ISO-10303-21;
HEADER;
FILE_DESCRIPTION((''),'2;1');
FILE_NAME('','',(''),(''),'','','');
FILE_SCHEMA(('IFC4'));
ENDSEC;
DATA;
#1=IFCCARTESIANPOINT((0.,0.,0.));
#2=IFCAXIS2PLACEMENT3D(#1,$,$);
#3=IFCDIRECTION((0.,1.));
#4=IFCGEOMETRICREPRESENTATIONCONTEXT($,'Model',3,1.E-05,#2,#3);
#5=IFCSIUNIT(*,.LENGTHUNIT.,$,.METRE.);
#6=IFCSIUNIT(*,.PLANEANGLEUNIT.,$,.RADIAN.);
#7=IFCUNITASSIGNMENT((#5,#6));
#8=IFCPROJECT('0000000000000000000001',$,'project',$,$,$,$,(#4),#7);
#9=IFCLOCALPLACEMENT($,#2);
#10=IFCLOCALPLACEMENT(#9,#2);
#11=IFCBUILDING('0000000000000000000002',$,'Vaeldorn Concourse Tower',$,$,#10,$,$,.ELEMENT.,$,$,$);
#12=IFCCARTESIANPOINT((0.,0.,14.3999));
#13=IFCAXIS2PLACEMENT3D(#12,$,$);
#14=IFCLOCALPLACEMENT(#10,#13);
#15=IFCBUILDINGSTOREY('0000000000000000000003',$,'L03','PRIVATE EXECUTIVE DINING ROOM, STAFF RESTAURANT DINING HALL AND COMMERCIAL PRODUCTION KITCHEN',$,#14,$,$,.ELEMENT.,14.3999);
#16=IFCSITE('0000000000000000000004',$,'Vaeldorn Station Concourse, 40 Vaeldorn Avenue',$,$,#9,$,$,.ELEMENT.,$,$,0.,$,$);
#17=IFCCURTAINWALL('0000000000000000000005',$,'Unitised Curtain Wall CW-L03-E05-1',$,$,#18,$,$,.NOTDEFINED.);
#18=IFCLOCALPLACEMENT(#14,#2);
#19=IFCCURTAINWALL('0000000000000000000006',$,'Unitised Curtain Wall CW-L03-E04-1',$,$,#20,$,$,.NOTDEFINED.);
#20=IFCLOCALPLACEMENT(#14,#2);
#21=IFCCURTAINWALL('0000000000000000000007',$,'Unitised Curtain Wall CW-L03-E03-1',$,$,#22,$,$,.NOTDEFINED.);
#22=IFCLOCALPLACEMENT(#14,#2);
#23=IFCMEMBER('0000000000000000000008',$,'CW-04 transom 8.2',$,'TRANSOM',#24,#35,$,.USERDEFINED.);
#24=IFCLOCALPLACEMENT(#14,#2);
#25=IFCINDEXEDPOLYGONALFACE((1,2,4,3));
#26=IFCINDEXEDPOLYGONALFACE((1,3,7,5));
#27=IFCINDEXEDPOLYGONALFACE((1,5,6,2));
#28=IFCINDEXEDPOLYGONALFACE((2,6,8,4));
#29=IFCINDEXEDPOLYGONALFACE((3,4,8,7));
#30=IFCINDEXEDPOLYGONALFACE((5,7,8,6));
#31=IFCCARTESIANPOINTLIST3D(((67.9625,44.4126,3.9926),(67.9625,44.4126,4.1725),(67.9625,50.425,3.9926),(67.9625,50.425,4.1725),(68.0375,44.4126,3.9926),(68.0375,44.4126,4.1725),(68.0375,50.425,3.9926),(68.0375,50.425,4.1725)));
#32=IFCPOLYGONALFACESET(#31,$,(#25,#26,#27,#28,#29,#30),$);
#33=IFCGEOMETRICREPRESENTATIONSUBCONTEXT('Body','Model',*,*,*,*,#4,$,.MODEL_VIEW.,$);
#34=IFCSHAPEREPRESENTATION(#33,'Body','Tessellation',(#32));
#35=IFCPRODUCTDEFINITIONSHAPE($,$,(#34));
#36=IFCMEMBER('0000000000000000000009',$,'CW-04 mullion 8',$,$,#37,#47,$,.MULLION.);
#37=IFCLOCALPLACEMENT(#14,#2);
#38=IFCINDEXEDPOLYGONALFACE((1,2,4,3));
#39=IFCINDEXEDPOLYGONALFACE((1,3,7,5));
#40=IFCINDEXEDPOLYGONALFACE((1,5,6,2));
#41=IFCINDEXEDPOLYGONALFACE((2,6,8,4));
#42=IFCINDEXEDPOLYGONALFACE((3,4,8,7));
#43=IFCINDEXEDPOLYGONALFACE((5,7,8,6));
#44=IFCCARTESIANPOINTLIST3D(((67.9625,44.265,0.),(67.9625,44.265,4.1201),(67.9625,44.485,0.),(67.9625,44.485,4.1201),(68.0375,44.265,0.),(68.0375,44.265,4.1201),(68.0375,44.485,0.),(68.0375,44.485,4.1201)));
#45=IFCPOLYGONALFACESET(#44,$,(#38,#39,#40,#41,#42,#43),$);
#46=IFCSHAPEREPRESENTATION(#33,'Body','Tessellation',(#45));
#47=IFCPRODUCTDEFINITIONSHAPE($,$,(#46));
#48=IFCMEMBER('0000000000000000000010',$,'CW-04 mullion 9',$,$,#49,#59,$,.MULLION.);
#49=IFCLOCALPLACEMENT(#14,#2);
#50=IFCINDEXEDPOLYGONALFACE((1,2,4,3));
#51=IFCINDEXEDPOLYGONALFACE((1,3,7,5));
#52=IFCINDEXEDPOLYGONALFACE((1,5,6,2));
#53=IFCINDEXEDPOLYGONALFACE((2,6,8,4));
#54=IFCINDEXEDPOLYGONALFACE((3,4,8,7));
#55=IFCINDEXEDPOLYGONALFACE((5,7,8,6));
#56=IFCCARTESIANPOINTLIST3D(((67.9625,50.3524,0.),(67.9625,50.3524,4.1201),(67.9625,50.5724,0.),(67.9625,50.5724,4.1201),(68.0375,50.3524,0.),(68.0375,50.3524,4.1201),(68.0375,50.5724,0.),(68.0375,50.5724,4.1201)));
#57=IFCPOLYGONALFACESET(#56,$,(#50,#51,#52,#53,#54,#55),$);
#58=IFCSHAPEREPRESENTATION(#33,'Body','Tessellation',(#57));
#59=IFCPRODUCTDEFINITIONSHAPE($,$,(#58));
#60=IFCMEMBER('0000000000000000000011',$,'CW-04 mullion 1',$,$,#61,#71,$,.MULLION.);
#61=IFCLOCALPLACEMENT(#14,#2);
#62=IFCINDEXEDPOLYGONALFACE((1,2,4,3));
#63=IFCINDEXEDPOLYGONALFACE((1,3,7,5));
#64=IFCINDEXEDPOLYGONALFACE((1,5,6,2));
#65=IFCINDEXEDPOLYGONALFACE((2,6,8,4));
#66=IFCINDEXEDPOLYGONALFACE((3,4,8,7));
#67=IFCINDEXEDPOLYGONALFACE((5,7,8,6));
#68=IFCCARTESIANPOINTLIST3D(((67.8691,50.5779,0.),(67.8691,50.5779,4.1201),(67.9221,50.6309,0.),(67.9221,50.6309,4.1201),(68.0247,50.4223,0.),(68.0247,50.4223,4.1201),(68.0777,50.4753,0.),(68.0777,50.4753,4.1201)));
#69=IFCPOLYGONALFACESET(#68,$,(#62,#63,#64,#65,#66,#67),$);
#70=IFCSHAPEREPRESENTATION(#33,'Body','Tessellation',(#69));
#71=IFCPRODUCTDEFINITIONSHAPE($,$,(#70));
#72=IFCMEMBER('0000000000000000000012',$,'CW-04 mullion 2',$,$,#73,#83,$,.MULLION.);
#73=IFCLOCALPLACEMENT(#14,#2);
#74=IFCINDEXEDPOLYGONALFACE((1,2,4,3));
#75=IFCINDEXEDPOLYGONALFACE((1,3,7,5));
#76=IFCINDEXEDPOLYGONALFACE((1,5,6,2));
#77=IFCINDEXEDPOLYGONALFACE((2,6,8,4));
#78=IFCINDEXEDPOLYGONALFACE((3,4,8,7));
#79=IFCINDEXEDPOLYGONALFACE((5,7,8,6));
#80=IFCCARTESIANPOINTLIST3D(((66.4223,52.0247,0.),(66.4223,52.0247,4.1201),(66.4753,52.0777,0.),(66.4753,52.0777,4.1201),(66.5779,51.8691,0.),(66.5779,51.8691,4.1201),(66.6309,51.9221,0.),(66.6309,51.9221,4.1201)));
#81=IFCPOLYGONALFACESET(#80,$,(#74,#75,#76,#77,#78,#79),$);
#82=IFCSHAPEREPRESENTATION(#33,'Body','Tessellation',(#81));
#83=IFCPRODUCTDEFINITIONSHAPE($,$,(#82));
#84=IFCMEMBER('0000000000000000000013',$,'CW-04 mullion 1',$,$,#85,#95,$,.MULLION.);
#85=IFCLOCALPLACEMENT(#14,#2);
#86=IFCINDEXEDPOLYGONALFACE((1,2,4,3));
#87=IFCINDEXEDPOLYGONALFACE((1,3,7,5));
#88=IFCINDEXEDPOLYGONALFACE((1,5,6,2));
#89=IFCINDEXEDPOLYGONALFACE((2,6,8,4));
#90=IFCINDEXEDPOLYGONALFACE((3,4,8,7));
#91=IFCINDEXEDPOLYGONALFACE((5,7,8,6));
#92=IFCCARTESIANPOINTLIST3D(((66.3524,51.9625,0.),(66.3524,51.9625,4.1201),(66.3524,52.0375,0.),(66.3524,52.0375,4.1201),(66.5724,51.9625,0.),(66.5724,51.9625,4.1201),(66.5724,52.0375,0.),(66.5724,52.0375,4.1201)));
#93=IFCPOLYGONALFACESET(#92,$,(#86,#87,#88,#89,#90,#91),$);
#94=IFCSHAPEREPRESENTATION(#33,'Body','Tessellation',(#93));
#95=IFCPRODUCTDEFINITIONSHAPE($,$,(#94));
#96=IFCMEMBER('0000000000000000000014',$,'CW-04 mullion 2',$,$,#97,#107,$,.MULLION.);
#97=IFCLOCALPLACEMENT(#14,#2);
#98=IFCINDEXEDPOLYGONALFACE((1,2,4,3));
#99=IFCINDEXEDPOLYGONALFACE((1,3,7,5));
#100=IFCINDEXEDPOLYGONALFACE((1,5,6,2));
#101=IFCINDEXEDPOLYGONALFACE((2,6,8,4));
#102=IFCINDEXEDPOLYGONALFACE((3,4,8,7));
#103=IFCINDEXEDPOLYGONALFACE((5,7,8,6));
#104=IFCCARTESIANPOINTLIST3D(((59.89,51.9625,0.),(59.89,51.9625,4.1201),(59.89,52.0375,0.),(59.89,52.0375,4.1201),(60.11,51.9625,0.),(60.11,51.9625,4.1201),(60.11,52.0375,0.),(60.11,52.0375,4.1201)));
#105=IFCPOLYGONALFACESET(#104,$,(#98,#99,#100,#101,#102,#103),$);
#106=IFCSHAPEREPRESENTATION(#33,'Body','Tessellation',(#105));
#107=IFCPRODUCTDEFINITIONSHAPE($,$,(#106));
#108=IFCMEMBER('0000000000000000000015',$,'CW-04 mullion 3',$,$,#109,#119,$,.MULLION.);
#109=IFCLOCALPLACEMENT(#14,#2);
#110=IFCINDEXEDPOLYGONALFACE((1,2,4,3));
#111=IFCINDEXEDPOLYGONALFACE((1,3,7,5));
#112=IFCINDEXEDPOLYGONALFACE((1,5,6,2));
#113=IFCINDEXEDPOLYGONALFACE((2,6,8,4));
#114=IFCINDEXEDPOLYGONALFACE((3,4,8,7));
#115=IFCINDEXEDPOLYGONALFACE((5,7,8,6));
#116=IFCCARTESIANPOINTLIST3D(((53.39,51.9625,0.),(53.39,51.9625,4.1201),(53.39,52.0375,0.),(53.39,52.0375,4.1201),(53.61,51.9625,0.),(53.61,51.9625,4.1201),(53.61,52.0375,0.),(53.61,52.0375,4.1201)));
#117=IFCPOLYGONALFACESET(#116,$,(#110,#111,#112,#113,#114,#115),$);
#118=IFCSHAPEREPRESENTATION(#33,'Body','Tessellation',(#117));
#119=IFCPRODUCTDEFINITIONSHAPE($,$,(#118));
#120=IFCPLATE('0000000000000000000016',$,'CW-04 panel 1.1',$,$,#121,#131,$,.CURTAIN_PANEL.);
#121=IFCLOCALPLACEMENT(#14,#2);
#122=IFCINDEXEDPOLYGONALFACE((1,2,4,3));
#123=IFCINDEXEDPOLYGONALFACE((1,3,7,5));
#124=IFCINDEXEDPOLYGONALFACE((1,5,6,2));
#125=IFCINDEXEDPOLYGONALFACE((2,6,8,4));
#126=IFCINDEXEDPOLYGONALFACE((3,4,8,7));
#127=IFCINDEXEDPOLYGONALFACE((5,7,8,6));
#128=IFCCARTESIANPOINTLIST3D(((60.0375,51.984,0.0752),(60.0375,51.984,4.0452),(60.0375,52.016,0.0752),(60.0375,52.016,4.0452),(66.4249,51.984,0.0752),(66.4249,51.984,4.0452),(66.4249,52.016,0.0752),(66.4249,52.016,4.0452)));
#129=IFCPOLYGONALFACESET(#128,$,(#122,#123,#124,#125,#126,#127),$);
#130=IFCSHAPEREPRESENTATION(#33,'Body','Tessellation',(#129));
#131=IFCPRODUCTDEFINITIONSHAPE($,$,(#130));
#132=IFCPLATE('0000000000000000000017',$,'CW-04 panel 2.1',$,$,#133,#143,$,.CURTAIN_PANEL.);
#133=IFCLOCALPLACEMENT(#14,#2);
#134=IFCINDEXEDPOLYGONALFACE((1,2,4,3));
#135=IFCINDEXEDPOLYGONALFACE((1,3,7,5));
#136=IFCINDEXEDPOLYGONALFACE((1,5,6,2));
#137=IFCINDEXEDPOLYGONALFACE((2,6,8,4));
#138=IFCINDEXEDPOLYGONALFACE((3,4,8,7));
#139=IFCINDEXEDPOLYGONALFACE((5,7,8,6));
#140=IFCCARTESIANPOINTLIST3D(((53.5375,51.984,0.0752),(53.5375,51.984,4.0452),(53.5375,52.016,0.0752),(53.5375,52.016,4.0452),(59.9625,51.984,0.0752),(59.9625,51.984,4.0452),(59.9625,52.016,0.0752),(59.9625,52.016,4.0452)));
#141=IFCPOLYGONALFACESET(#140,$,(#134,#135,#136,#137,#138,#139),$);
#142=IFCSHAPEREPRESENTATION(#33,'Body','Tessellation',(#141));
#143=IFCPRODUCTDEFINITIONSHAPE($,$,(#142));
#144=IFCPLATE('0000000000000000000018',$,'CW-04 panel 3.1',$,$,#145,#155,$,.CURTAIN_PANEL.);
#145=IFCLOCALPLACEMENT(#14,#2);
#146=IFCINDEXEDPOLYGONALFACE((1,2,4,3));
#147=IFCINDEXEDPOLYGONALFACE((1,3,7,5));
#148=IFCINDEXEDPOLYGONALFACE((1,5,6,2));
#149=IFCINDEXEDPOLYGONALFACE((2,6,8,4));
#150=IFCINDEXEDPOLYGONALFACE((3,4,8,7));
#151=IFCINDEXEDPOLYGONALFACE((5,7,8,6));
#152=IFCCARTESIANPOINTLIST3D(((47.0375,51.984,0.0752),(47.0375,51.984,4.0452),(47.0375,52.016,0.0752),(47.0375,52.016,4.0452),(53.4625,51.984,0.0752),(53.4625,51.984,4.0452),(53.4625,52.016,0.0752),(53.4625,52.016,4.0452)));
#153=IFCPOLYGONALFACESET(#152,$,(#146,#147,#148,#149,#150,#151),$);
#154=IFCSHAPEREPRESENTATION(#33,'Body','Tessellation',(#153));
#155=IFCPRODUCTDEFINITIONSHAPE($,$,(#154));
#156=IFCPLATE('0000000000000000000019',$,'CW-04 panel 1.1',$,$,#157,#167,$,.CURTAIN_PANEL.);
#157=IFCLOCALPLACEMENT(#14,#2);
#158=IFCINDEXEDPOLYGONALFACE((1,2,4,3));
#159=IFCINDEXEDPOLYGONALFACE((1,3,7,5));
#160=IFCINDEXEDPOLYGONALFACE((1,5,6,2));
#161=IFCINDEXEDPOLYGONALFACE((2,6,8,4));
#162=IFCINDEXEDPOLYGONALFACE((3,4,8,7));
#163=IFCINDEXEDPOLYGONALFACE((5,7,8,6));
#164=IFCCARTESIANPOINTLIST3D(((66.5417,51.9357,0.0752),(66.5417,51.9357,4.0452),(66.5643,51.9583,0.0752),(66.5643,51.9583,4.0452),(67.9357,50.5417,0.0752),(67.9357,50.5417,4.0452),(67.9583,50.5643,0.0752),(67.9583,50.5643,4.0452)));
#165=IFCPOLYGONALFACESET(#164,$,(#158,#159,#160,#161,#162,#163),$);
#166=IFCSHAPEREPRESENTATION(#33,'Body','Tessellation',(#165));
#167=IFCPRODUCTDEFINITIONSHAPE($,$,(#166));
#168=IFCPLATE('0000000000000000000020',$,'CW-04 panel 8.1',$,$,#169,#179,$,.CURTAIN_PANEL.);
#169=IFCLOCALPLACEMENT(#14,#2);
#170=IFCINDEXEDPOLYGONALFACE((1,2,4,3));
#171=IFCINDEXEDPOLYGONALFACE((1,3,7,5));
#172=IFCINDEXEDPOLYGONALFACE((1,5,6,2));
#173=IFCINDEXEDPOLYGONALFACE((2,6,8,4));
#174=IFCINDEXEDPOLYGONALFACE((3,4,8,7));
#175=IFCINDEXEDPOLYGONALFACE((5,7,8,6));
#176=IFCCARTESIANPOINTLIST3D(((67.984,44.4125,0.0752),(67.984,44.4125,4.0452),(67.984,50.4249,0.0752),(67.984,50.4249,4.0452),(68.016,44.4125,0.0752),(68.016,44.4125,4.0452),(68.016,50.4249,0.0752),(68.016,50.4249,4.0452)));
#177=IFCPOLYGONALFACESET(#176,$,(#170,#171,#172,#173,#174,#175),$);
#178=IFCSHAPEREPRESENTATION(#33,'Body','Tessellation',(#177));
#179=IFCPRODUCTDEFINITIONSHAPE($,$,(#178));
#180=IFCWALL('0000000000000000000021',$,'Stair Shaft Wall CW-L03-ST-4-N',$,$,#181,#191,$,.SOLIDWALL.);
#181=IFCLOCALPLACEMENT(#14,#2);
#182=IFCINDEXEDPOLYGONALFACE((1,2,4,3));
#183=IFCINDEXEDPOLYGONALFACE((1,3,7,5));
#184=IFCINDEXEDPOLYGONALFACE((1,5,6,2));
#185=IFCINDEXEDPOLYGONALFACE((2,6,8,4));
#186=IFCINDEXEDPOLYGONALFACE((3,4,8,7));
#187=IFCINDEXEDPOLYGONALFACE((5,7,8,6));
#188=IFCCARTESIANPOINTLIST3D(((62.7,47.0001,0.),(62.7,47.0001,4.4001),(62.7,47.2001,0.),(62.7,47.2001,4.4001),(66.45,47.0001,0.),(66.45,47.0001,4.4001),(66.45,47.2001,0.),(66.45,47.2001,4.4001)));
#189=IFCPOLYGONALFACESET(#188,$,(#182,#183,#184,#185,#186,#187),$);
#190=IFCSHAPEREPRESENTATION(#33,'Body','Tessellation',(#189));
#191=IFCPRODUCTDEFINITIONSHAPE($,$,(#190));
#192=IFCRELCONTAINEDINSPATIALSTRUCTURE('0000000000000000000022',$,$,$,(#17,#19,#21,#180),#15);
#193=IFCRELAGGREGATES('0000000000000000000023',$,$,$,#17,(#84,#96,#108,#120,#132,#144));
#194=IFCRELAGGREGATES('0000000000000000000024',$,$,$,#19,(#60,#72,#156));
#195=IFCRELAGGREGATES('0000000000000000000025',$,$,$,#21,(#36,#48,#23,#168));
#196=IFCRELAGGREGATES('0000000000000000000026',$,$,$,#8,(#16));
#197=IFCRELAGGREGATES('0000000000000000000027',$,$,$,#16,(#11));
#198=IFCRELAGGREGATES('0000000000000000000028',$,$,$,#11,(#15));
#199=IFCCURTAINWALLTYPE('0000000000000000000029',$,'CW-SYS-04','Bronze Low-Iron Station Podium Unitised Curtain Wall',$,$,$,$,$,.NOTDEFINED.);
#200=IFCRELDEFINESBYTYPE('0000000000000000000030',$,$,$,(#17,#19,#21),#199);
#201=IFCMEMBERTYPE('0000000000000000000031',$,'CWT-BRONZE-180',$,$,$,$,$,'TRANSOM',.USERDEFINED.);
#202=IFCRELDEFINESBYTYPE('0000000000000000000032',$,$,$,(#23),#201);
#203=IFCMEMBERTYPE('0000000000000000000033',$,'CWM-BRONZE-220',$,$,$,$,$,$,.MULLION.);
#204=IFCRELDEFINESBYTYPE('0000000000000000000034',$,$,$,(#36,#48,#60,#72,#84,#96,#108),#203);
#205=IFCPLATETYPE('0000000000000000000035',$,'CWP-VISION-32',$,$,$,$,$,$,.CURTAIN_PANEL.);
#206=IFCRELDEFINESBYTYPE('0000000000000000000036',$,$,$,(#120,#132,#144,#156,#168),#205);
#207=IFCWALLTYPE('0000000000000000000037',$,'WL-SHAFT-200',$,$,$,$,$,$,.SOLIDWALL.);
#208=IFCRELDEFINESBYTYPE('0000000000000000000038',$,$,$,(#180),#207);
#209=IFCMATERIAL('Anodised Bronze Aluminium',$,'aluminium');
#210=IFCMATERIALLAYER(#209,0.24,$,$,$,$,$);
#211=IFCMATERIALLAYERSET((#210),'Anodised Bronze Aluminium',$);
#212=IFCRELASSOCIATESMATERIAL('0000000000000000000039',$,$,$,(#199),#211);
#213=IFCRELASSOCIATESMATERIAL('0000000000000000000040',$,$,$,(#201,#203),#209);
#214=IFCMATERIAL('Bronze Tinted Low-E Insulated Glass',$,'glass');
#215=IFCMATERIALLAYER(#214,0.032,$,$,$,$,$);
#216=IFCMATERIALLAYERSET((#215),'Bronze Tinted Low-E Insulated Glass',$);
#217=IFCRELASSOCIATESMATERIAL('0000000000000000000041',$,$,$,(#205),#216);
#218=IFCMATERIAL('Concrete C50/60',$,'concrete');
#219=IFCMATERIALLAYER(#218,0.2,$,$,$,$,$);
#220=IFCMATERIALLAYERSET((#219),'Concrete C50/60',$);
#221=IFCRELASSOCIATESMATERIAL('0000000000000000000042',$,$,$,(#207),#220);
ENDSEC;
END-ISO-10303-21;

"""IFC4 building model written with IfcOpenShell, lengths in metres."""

from ifc_helpers import new_model, si_unit, direction, frame, frame_2d, origin, origin_2d, place, context, subcontext, project, spatial, rectangle, extrude, source, transform, mapped, material, layer, layer_set, material_profile, profile_set, type_object, element, aggregate, save


model = new_model("IFC4")

# Units and contexts
model_context = context("Model", 3, precision=1e-05, world=origin(), true_north=direction((0.0, 1.0)))
body_context = subcontext(model_context, "Body", "Model", "MODEL_VIEW")
ifc_project = project(units=[si_unit("LENGTHUNIT", "METRE"), si_unit("PLANEANGLEUNIT", "RADIAN")], contexts=[model_context])

# Site, building, storey
site_placement = place(None, origin())
site = spatial("IfcSite", under=ifc_project, at=site_placement, Name="Vaeldorn Station Concourse, 40 Vaeldorn Avenue", CompositionType="ELEMENT", RefElevation=0.0)
building_placement = place(site_placement, origin())
building = spatial("IfcBuilding", under=site, at=building_placement, Name="Vaeldorn Concourse Tower", CompositionType="ELEMENT")
storey_placement = place(building_placement, frame((0.0, 0.0, 14.3999)))
storey = spatial("IfcBuildingStorey", under=building, at=storey_placement, Name="L03", Description="PRIVATE EXECUTIVE DINING ROOM, STAFF RESTAURANT DINING HALL AND COMMERCIAL PRODUCTION KITCHEN", CompositionType="ELEMENT", Elevation=14.3999)

# Curtain walls, members
ifc_material_1 = material(Name="Anodised Bronze Aluminium", Category="aluminium")
ifc_layer_1 = layer(ifc_material_1, 0.24)
ifc_layer_set_1 = layer_set([ifc_layer_1], Name="Anodised Bronze Aluminium")
curtain_wall_type = type_object("IfcCurtainWallType", Name="CW-SYS-04", Description="Bronze Low-Iron Station Podium Unitised Curtain Wall", PredefinedType="NOTDEFINED", material=ifc_layer_set_1)
curtain_wall_1_placement = place(storey_placement, origin())
curtain_wall_1 = element("IfcCurtainWall", 1, at=curtain_wall_1_placement, inside=storey, type_object=curtain_wall_type, Name="Unitised Curtain Wall CW-L03-E05-1", PredefinedType="NOTDEFINED")
ifc_material_profile_1 = material_profile(ifc_material_1, rectangle(XDim=0.075, YDim=0.1799, at=origin_2d()), Name="CWT 75x180")
ifc_profile_set_1 = profile_set([ifc_material_profile_1], Name="Anodised Bronze Aluminium")
member_type_1 = type_object("IfcMemberType", Name="CWT-BRONZE-180", ElementType="TRANSOM", PredefinedType="USERDEFINED", material=ifc_profile_set_1)
curtain_wall_2_placement = place(storey_placement, origin())
curtain_wall_2 = element("IfcCurtainWall", 2, at=curtain_wall_2_placement, inside=storey, type_object=curtain_wall_type, Name="Unitised Curtain Wall CW-L03-E04-1", PredefinedType="NOTDEFINED")
curtain_wall_3_placement = place(storey_placement, origin())
curtain_wall_3 = element("IfcCurtainWall", 3, at=curtain_wall_3_placement, inside=storey, type_object=curtain_wall_type, Name="Unitised Curtain Wall CW-L03-E03-1", PredefinedType="NOTDEFINED")
shared_shape_1 = source(origin(), body_context, "Body", "SweptSolid", [
    extrude(rectangle(XDim=0.075, YDim=0.1799, at=origin_2d()), origin(), (0.0, 0.0, 1.0), 6.0125),
])
member_1_placement = place(storey_placement, frame((68.0, 44.4126, 4.0825), z_axis=(0.0, 1.0, 0.0), x_axis=(-1.0, 0.0, 0.0)))
member_1 = element("IfcMember", 4, at=member_1_placement, type_object=member_type_1, Name="CW-04 transom 8.2", ObjectType="TRANSOM", PredefinedType="USERDEFINED", context=body_context, shape_type="MappedRepresentation", body=[
    mapped(shared_shape_1, transform((0.0, 0.0, 0.0), scale=1.0)),
])
ifc_material_profile_2 = material_profile(ifc_material_1, rectangle(XDim=0.075, YDim=0.22, at=origin_2d()), Name="CWM 75x220")
ifc_profile_set_2 = profile_set([ifc_material_profile_2], Name="Anodised Bronze Aluminium")
member_type_2 = type_object("IfcMemberType", Name="CWM-BRONZE-220", PredefinedType="MULLION", material=ifc_profile_set_2)
shared_shape_2 = source(origin(), body_context, "Body", "SweptSolid", [
    extrude(rectangle(XDim=0.075, YDim=0.22, at=origin_2d()), origin(), (0.0, 0.0, 1.0), 4.1201),
])
member_2_placement = place(storey_placement, frame((68.0, 44.375, 0.0), z_axis=(0.0, 0.0, 1.0), x_axis=(-1.0, 0.0, 0.0)))
member_2 = element("IfcMember", 5, at=member_2_placement, type_object=member_type_2, Name="CW-04 mullion 8", PredefinedType="MULLION", context=body_context, shape_type="MappedRepresentation", body=[
    mapped(shared_shape_2, transform((0.0, 0.0, 0.0), scale=1.0)),
])
member_3_placement = place(storey_placement, frame((68.0, 50.4624, 0.0), z_axis=(0.0, 0.0, 1.0), x_axis=(-1.0, 0.0, 0.0)))
member_3 = element("IfcMember", 6, at=member_3_placement, type_object=member_type_2, Name="CW-04 mullion 9", PredefinedType="MULLION", context=body_context, shape_type="MappedRepresentation", body=[
    mapped(shared_shape_2, transform((0.0, 0.0, 0.0), scale=1.0)),
])

# Members
member_4_placement = place(storey_placement, frame((67.9734, 50.5266, 0.0), z_axis=(0.0, 0.0, 1.0), x_axis=(-0.707107, -0.707107, 0.0)))
member_4 = element("IfcMember", 7, at=member_4_placement, type_object=member_type_2, Name="CW-04 mullion 1", PredefinedType="MULLION", context=body_context, shape_type="MappedRepresentation", body=[
    mapped(shared_shape_2, transform((0.0, 0.0, 0.0), scale=1.0)),
])
member_5_placement = place(storey_placement, frame((66.5266, 51.9734, 0.0), z_axis=(0.0, 0.0, 1.0), x_axis=(-0.707107, -0.707107, 0.0)))
member_5 = element("IfcMember", 8, at=member_5_placement, type_object=member_type_2, Name="CW-04 mullion 2", PredefinedType="MULLION", context=body_context, shape_type="MappedRepresentation", body=[
    mapped(shared_shape_2, transform((0.0, 0.0, 0.0), scale=1.0)),
])
member_6_placement = place(storey_placement, frame((66.4624, 52.0, 0.0), z_axis=(0.0, 0.0, 1.0), x_axis=(0.0, -1.0, 0.0)))
member_6 = element("IfcMember", 9, at=member_6_placement, type_object=member_type_2, Name="CW-04 mullion 1", PredefinedType="MULLION", context=body_context, shape_type="MappedRepresentation", body=[
    mapped(shared_shape_2, transform((0.0, 0.0, 0.0), scale=1.0)),
])
member_7_placement = place(storey_placement, frame((60.0, 52.0, 0.0), z_axis=(0.0, 0.0, 1.0), x_axis=(0.0, -1.0, 0.0)))
member_7 = element("IfcMember", 10, at=member_7_placement, type_object=member_type_2, Name="CW-04 mullion 2", PredefinedType="MULLION", context=body_context, shape_type="MappedRepresentation", body=[
    mapped(shared_shape_2, transform((0.0, 0.0, 0.0), scale=1.0)),
])
member_8_placement = place(storey_placement, frame((53.5, 52.0, 0.0), z_axis=(0.0, 0.0, 1.0), x_axis=(0.0, -1.0, 0.0)))
member_8 = element("IfcMember", 11, at=member_8_placement, type_object=member_type_2, Name="CW-04 mullion 3", PredefinedType="MULLION", context=body_context, shape_type="MappedRepresentation", body=[
    mapped(shared_shape_2, transform((0.0, 0.0, 0.0), scale=1.0)),
])

# Plates
ifc_material_2 = material(Name="Bronze Tinted Low-E Insulated Glass", Category="glass")
ifc_layer_2 = layer(ifc_material_2, 0.032)
ifc_layer_set_2 = layer_set([ifc_layer_2], Name="Bronze Tinted Low-E Insulated Glass")
plate_type = type_object("IfcPlateType", Name="CWP-VISION-32", PredefinedType="CURTAIN_PANEL", material=ifc_layer_set_2)
shared_shape_3 = source(origin(), body_context, "Body", "SweptSolid", [
    extrude(rectangle(XDim=6.3875, YDim=0.032, at=origin_2d()), origin(), (0.0, 0.0, 1.0), 3.97),
])
plate_1_placement = place(storey_placement, frame((63.2312, 52.0, 0.0752), z_axis=(0.0, 0.0, 1.0), x_axis=(-1.0, 0.0, 0.0)))
plate_1 = element("IfcPlate", 12, at=plate_1_placement, type_object=plate_type, Name="CW-04 panel 1.1", PredefinedType="CURTAIN_PANEL", context=body_context, shape_type="MappedRepresentation", body=[
    mapped(shared_shape_3, transform((0.0, 0.0, 0.0), scale=1.0)),
])
shared_shape_4 = source(origin(), body_context, "Body", "SweptSolid", [
    extrude(rectangle(XDim=6.425, YDim=0.032, at=origin_2d()), origin(), (0.0, 0.0, 1.0), 3.97),
])
plate_2_placement = place(storey_placement, frame((56.75, 52.0, 0.0752), z_axis=(0.0, 0.0, 1.0), x_axis=(-1.0, 0.0, 0.0)))
plate_2 = element("IfcPlate", 13, at=plate_2_placement, type_object=plate_type, Name="CW-04 panel 2.1", PredefinedType="CURTAIN_PANEL", context=body_context, shape_type="MappedRepresentation", body=[
    mapped(shared_shape_4, transform((0.0, 0.0, 0.0), scale=1.0)),
])
plate_3_placement = place(storey_placement, frame((50.25, 52.0, 0.0752), z_axis=(0.0, 0.0, 1.0), x_axis=(-1.0, 0.0, 0.0)))
plate_3 = element("IfcPlate", 14, at=plate_3_placement, type_object=plate_type, Name="CW-04 panel 3.1", PredefinedType="CURTAIN_PANEL", context=body_context, shape_type="MappedRepresentation", body=[
    mapped(shared_shape_4, transform((0.0, 0.0, 0.0), scale=1.0)),
])
aggregate(curtain_wall_1, [member_6, member_7, member_8, plate_1, plate_2, plate_3])
shared_shape_5 = source(origin(), body_context, "Body", "SweptSolid", [
    extrude(rectangle(XDim=1.9714, YDim=0.032, at=origin_2d()), origin(), (0.0, 0.0, 1.0), 3.97),
])
plate_4_placement = place(storey_placement, frame((67.25, 51.25, 0.0752), z_axis=(0.0, 0.0, 1.0), x_axis=(-0.707107, 0.707107, 0.0)))
plate_4 = element("IfcPlate", 15, at=plate_4_placement, type_object=plate_type, Name="CW-04 panel 1.1", PredefinedType="CURTAIN_PANEL", context=body_context, shape_type="MappedRepresentation", body=[
    mapped(shared_shape_5, transform((0.0, 0.0, 0.0), scale=1.0)),
])
aggregate(curtain_wall_2, [member_4, member_5, plate_4])
shared_shape_6 = source(origin(), body_context, "Body", "SweptSolid", [
    extrude(rectangle(XDim=6.0125, YDim=0.032, at=origin_2d()), origin(), (0.0, 0.0, 1.0), 3.97),
])
plate_5_placement = place(storey_placement, frame((68.0, 47.4187, 0.0752), z_axis=(0.0, 0.0, 1.0), x_axis=(0.0, 1.0, 0.0)))
plate_5 = element("IfcPlate", 16, at=plate_5_placement, type_object=plate_type, Name="CW-04 panel 8.1", PredefinedType="CURTAIN_PANEL", context=body_context, shape_type="MappedRepresentation", body=[
    mapped(shared_shape_6, transform((0.0, 0.0, 0.0), scale=1.0)),
])
aggregate(curtain_wall_3, [member_2, member_3, member_1, plate_5])

# Wall
ifc_material_3 = material(Name="Concrete C50/60", Category="concrete")
ifc_layer_3 = layer(ifc_material_3, 0.2)
ifc_layer_set_3 = layer_set([ifc_layer_3], Name="Concrete C50/60")
wall_type = type_object("IfcWallType", Name="WL-SHAFT-200", PredefinedType="SOLIDWALL", material=ifc_layer_set_3)
wall_placement = place(storey_placement, frame((62.7, 47.1001, 0.0), z_axis=(0.0, 0.0, 1.0), x_axis=(1.0, 0.0, 0.0)))
element("IfcWall", 17, at=wall_placement, inside=storey, type_object=wall_type, Name="Stair Shaft Wall CW-L03-ST-4-N", PredefinedType="SOLIDWALL", context=body_context, shape_type="SweptSolid", body=[
    extrude(rectangle(XDim=3.75, YDim=0.2, at=frame_2d((1.875, 0.0))), origin(), (0.0, 0.0, 1.0), 4.4001),
])

save(model, "model.ifc")
